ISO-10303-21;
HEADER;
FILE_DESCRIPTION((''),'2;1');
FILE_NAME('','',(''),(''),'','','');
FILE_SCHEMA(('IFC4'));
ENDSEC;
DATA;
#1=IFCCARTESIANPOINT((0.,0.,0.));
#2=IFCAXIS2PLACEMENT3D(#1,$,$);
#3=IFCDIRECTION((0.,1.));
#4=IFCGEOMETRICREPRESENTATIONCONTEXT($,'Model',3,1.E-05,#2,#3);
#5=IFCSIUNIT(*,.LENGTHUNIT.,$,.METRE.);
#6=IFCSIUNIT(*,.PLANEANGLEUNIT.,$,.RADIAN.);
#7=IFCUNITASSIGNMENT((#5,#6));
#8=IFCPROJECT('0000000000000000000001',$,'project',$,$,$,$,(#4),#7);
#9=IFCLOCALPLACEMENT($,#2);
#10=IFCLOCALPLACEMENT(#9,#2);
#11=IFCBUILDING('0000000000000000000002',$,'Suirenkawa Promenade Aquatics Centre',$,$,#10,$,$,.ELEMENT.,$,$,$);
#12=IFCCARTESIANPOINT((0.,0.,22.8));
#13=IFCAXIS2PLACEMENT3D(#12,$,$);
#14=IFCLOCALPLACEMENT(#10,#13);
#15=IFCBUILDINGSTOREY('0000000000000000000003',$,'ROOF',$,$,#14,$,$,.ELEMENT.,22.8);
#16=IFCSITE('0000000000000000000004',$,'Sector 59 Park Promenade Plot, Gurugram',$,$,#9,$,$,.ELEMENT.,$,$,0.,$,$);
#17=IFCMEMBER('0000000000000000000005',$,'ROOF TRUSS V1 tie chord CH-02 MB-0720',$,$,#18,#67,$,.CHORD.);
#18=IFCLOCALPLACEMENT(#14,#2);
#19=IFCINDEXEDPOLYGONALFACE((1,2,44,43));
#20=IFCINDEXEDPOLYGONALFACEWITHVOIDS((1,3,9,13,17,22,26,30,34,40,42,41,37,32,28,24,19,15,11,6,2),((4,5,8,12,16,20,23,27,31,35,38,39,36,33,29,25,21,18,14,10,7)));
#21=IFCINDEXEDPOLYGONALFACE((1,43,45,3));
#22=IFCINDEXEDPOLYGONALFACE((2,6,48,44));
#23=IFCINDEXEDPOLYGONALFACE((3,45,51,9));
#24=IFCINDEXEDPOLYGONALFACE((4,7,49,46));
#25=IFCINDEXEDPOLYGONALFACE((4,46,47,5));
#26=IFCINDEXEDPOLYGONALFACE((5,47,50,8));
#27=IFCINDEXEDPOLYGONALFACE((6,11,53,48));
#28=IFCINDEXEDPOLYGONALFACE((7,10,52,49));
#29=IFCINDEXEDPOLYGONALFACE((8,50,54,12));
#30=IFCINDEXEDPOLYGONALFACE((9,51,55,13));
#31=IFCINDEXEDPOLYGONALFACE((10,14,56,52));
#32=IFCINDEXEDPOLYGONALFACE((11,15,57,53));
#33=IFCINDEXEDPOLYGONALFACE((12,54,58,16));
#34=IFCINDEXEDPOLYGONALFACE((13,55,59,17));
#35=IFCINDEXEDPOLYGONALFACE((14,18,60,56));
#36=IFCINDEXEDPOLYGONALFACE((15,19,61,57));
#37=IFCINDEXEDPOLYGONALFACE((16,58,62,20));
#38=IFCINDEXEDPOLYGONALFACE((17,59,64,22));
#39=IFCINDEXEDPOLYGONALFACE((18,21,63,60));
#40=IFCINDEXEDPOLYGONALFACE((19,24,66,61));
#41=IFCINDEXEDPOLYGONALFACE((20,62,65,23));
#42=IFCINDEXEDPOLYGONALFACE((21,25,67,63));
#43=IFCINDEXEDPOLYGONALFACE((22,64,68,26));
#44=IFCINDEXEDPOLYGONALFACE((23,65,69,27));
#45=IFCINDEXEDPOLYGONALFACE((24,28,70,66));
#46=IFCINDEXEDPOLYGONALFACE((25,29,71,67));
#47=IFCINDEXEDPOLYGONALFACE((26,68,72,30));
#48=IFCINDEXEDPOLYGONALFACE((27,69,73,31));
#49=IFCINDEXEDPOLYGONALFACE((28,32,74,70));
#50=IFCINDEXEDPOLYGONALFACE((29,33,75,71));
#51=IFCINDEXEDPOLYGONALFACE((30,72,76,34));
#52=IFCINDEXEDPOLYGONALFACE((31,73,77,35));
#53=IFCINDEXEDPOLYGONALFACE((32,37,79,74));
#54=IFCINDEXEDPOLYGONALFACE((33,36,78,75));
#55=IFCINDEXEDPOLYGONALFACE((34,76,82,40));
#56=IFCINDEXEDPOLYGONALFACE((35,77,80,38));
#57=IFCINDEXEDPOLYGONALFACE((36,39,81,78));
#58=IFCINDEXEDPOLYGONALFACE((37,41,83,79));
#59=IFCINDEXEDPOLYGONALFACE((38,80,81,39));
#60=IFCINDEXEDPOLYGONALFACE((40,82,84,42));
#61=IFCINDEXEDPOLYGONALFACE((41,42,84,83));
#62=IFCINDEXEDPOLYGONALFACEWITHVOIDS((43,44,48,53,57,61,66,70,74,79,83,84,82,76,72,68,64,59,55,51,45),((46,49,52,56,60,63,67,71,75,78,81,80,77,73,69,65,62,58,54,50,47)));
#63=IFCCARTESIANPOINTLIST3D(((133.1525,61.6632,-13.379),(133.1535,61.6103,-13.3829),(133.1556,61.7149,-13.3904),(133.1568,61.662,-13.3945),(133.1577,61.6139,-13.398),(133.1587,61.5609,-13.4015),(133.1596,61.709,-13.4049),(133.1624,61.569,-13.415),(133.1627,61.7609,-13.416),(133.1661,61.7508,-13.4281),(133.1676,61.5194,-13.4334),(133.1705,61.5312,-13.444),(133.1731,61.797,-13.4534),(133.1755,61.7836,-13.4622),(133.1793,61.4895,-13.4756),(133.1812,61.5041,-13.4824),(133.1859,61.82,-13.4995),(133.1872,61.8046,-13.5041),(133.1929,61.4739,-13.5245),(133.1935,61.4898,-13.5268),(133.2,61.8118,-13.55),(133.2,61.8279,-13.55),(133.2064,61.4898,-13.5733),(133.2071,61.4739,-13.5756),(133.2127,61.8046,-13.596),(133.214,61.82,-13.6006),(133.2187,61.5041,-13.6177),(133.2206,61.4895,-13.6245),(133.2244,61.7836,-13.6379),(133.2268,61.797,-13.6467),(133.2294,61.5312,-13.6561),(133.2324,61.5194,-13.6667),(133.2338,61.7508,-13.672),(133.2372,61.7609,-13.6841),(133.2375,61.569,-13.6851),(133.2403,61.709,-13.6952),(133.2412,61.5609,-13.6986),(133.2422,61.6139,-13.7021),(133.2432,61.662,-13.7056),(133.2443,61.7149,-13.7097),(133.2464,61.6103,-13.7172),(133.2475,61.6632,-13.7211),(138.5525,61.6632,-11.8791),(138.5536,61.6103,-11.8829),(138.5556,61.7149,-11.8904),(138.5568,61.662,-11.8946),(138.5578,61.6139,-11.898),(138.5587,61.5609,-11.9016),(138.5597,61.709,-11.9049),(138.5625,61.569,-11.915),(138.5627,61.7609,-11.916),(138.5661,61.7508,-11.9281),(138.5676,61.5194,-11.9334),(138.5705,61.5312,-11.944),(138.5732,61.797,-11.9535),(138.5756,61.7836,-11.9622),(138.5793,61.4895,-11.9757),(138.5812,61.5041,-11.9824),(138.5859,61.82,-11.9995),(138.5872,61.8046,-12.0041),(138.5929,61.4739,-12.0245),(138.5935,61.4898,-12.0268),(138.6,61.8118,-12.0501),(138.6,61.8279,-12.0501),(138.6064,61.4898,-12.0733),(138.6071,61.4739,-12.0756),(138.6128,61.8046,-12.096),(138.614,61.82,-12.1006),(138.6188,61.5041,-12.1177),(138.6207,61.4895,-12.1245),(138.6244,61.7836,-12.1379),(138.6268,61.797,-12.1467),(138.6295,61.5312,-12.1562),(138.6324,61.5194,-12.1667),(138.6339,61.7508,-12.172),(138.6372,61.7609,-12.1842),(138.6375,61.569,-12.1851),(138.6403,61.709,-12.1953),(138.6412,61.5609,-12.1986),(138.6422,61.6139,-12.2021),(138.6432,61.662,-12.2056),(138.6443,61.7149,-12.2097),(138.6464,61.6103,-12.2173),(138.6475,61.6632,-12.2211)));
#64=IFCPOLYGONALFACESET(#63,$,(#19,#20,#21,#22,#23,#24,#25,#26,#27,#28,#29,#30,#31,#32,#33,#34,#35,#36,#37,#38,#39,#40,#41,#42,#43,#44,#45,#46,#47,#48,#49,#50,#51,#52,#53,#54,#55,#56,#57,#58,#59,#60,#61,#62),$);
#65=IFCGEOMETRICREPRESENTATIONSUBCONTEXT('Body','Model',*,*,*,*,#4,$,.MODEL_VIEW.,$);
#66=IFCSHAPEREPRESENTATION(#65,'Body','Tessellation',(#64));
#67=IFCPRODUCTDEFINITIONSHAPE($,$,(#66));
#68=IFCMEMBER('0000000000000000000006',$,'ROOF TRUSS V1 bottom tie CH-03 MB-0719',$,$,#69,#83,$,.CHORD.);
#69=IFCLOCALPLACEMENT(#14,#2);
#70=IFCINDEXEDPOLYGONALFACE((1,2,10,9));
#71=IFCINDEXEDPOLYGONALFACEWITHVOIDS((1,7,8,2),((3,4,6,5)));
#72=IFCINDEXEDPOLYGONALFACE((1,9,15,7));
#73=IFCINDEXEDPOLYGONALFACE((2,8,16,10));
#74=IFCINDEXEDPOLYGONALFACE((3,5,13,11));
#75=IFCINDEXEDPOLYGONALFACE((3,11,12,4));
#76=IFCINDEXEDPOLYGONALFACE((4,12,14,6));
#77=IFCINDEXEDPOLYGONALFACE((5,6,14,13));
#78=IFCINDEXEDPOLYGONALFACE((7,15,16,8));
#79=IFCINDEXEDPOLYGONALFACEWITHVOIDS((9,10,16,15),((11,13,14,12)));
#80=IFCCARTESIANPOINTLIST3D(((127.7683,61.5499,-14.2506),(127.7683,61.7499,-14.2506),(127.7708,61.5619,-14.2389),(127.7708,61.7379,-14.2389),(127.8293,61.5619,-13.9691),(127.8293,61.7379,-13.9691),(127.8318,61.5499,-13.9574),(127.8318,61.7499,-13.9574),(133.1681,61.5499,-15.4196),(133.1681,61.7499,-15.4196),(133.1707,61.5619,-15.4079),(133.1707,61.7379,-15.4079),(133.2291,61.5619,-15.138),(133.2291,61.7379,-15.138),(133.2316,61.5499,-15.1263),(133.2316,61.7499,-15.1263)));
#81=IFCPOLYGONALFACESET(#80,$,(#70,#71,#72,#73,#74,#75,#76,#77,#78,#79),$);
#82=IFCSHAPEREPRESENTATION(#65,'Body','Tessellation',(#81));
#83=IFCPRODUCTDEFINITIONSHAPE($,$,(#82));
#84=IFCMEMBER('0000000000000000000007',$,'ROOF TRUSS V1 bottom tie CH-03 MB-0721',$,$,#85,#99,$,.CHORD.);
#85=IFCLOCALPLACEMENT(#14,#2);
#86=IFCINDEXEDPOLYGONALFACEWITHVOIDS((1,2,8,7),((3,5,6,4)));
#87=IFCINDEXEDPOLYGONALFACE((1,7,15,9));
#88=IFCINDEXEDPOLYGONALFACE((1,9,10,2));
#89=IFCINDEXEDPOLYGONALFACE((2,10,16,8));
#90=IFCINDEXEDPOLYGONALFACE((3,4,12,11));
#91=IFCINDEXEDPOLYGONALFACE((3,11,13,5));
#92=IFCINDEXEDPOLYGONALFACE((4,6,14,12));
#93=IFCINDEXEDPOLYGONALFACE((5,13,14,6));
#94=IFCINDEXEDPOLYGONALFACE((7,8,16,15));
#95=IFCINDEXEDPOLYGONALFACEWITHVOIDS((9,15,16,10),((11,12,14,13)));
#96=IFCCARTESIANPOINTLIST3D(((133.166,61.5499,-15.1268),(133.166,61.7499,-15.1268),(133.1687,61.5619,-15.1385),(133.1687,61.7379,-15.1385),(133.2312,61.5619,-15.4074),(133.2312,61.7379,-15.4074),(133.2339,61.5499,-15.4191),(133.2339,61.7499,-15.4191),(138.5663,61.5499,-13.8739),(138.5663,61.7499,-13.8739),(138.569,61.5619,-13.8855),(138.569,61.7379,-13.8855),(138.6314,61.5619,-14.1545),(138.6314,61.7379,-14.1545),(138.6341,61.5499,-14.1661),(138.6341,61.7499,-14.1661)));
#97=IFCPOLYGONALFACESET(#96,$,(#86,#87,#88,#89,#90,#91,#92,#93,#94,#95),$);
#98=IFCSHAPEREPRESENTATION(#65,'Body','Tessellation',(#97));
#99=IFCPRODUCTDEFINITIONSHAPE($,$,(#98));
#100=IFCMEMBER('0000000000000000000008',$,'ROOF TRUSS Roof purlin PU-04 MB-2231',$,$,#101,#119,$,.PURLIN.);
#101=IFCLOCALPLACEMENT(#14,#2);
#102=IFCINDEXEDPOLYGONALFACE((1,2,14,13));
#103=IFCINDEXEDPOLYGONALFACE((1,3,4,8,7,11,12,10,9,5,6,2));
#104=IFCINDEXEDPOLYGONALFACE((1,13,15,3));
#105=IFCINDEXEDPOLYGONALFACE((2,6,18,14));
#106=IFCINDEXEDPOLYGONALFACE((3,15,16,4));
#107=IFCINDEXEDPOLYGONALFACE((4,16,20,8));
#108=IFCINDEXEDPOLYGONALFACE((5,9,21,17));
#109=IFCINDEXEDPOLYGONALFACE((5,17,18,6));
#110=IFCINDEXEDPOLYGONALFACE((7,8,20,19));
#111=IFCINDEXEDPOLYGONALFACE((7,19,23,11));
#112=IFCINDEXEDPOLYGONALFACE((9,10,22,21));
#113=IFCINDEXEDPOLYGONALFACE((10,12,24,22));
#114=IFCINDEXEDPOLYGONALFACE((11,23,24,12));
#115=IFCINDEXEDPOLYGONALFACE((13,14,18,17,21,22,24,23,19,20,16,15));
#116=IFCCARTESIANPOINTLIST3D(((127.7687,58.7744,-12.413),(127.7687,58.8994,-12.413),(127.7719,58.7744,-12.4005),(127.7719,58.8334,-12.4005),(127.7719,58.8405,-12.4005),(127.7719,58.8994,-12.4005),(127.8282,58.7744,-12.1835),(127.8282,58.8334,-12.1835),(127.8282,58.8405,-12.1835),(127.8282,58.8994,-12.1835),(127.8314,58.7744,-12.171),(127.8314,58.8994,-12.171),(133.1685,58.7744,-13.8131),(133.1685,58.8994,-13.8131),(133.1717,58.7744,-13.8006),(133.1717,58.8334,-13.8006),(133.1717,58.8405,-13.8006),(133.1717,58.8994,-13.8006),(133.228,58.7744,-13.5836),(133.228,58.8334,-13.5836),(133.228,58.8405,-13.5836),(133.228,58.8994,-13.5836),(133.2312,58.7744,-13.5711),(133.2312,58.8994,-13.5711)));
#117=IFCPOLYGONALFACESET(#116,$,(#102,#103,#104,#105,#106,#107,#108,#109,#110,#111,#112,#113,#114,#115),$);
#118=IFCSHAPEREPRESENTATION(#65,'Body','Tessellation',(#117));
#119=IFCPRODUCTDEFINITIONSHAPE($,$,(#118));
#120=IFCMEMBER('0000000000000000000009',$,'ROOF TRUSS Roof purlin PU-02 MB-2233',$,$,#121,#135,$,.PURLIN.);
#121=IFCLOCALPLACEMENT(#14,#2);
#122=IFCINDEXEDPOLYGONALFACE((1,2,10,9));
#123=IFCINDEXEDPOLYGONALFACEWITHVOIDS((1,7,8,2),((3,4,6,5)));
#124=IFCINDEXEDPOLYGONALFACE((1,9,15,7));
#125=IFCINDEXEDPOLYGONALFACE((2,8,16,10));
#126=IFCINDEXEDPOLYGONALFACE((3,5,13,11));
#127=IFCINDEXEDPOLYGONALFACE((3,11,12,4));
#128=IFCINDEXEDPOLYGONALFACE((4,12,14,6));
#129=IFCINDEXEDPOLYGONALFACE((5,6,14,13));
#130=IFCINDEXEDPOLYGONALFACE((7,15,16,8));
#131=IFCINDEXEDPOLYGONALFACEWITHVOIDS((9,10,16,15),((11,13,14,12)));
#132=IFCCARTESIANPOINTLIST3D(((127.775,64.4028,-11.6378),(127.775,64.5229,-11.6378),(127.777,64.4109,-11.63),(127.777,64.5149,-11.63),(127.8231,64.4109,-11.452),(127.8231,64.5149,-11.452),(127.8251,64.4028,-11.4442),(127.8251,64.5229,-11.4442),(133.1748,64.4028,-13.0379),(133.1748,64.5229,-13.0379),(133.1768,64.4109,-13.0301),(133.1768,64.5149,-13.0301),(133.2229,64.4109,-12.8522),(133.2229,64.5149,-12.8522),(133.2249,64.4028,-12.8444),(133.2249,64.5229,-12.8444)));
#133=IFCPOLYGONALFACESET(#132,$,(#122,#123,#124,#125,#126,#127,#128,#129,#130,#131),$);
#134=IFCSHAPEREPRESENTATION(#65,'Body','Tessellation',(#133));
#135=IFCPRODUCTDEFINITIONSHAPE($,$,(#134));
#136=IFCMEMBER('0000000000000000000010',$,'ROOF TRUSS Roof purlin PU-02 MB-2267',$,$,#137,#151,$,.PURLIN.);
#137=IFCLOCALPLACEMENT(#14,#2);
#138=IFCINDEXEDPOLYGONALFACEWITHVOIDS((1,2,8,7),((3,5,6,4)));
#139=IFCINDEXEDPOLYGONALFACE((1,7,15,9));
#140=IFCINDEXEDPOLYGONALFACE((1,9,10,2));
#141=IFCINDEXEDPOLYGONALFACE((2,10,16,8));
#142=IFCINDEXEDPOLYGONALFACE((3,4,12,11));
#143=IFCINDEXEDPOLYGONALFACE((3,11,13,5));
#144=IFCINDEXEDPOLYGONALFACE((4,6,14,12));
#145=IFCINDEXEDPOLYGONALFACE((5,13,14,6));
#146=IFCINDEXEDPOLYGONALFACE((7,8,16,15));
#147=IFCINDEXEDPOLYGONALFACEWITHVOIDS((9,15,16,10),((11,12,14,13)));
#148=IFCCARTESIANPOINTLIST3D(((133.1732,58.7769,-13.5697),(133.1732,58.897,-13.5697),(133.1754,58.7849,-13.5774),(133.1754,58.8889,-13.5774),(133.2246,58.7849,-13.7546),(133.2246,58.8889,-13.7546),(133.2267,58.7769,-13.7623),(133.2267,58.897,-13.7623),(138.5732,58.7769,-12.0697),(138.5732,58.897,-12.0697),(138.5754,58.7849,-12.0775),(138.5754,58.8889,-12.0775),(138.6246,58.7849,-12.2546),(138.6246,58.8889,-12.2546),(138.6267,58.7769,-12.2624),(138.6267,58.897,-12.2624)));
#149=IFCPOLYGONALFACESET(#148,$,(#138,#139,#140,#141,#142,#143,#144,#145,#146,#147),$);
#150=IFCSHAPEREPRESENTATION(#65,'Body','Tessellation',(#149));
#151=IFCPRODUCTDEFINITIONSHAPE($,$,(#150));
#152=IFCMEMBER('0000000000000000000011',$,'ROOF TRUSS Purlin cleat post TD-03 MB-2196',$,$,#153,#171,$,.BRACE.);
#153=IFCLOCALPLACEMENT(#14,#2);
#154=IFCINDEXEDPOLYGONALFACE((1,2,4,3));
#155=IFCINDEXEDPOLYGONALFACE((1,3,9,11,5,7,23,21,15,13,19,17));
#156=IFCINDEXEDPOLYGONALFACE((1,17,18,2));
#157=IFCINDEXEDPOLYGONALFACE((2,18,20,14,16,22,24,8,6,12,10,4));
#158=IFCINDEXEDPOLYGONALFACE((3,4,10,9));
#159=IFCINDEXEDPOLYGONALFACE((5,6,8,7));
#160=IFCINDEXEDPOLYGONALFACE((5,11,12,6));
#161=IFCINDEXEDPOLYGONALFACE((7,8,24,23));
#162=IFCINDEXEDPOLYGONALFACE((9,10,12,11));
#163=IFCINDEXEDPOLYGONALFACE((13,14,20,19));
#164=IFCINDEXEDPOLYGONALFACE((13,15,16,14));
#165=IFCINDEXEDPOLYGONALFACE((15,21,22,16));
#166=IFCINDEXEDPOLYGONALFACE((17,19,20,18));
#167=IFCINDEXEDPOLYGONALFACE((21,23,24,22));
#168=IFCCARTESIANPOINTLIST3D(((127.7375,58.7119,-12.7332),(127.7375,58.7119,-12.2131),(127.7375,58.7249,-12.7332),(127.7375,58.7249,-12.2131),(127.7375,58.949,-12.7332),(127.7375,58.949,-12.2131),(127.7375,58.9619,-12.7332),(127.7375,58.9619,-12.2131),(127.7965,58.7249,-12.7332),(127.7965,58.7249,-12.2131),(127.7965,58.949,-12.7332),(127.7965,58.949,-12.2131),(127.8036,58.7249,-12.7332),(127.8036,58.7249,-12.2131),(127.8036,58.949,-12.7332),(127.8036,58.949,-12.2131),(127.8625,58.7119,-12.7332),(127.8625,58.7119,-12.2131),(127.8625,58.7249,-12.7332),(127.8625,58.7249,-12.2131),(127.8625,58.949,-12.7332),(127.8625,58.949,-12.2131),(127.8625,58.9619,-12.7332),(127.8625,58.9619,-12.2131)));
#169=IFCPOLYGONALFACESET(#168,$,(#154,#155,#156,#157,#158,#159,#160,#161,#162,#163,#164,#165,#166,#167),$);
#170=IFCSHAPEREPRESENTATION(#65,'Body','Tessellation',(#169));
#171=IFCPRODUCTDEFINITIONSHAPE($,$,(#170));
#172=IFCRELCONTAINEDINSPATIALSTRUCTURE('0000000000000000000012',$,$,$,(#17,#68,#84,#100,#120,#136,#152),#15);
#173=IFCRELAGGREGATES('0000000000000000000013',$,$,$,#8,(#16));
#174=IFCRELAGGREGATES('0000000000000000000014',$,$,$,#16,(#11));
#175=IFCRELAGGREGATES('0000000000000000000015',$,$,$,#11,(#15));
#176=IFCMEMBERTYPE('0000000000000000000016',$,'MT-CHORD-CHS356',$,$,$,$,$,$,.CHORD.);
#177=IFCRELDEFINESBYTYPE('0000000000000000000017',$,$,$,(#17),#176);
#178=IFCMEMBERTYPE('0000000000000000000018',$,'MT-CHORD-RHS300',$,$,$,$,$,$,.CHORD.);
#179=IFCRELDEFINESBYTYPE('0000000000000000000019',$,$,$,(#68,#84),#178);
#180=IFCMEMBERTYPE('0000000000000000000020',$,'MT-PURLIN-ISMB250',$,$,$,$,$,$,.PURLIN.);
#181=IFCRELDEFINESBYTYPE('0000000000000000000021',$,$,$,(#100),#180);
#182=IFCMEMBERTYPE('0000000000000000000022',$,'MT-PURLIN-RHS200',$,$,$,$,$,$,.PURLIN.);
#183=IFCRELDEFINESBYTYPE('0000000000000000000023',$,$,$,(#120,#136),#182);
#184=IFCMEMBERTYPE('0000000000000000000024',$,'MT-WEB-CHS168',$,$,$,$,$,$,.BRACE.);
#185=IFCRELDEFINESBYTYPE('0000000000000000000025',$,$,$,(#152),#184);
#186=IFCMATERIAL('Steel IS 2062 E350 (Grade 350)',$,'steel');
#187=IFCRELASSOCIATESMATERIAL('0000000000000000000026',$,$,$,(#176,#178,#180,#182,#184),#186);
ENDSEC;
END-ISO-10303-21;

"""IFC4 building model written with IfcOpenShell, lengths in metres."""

from ifc_helpers import new_model, si_unit, direction, frame, origin, origin_2d, place, context, subcontext, project, spatial, hollow_rectangle, hollow_circle, i_section, extrude, material, material_profile, profile_set, type_object, element, save


model = new_model("IFC4")

# Units and contexts
model_context = context("Model", 3, precision=1e-05, world=origin(), true_north=direction((0.0, 1.0)))
body_context = subcontext(model_context, "Body", "Model", "MODEL_VIEW")
ifc_project = project(units=[si_unit("LENGTHUNIT", "METRE"), si_unit("PLANEANGLEUNIT", "RADIAN")], contexts=[model_context])

# Site, building, storey
site_placement = place(None, origin())
site = spatial("IfcSite", under=ifc_project, at=site_placement, Name="Sector 59 Park Promenade Plot, Gurugram", CompositionType="ELEMENT", RefElevation=0.0)
building_placement = place(site_placement, origin())
building = spatial("IfcBuilding", under=site, at=building_placement, Name="Suirenkawa Promenade Aquatics Centre", CompositionType="ELEMENT")
storey_placement = place(building_placement, frame((0.0, 0.0, 22.8)))
storey = spatial("IfcBuildingStorey", under=building, at=storey_placement, Name="ROOF", CompositionType="ELEMENT", Elevation=22.8)

# Shared definitions
ifc_material = material(Name="Steel IS 2062 E350 (Grade 350)", Category="steel")

# Members
ifc_material_profile_1 = material_profile(ifc_material, hollow_circle(Radius=0.178, WallThickness=0.0161, at=origin_2d()), Name="CHS 356x16", Category="steel")
ifc_profile_set_1 = profile_set([ifc_material_profile_1], Name="Steel IS 2062 E350 (Grade 350)")
member_type_1 = type_object("IfcMemberType", Name="MT-CHORD-CHS356", PredefinedType="CHORD", material=ifc_profile_set_1)
member_1_placement = place(storey_placement, frame((133.2, 61.6499, -13.55), z_axis=(0.96352, 0.0, 0.267637), x_axis=(0.0, 1.0, 0.0)))
element("IfcMember", 1, at=member_1_placement, inside=storey, type_object=member_type_1, Name="ROOF TRUSS V1 tie chord CH-02 MB-0720", PredefinedType="CHORD", context=body_context, shape_type="SweptSolid", body=[
    extrude(hollow_circle(Radius=0.178, WallThickness=0.0161, at=origin_2d()), origin(), (0.0, 0.0, 1.0), 5.6045),
])
ifc_material_profile_2 = material_profile(ifc_material, hollow_rectangle(XDim=0.2, YDim=0.3, WallThickness=0.012, at=origin_2d()), Name="RHS 300x200x12", Category="steel")
ifc_profile_set_2 = profile_set([ifc_material_profile_2], Name="Steel IS 2062 E350 (Grade 350)")
member_type_2 = type_object("IfcMemberType", Name="MT-CHORD-RHS300", PredefinedType="CHORD", material=ifc_profile_set_2)
member_2_placement = place(storey_placement, frame((127.8, 61.6499, -14.104), z_axis=(0.977362, 0.0, -0.211575), x_axis=(0.0, 1.0, 0.0)))
element("IfcMember", 2, at=member_2_placement, inside=storey, type_object=member_type_2, Name="ROOF TRUSS V1 bottom tie CH-03 MB-0719", PredefinedType="CHORD", context=body_context, shape_type="SweptSolid", body=[
    extrude(hollow_rectangle(XDim=0.2, YDim=0.3, WallThickness=0.012, at=origin_2d()), origin(), (0.0, 0.0, 1.0), 5.5249),
])
member_3_placement = place(storey_placement, frame((133.2, 61.6499, -15.2729), z_axis=(0.974124, 0.0, 0.226014), x_axis=(0.0, 1.0, 0.0)))
element("IfcMember", 3, at=member_3_placement, inside=storey, type_object=member_type_2, Name="ROOF TRUSS V1 bottom tie CH-03 MB-0721", PredefinedType="CHORD", context=body_context, shape_type="SweptSolid", body=[
    extrude(hollow_rectangle(XDim=0.2, YDim=0.3, WallThickness=0.012, at=origin_2d()), origin(), (0.0, 0.0, 1.0), 5.5437),
])
ifc_material_profile_3 = material_profile(ifc_material, i_section(OverallWidth=0.125, OverallDepth=0.25, WebThickness=0.0071, FlangeThickness=0.0129, at=origin_2d()), Name="ISMB 250", Category="steel")
ifc_profile_set_3 = profile_set([ifc_material_profile_3], Name="Steel IS 2062 E350 (Grade 350)")
member_type_3 = type_object("IfcMemberType", Name="MT-PURLIN-ISMB250", PredefinedType="PURLIN", material=ifc_profile_set_3)
member_4_placement = place(storey_placement, frame((127.8, 58.8369, -12.292), z_axis=(0.967989, 0.0, -0.250991), x_axis=(0.0, 1.0, 0.0)))
element("IfcMember", 4, at=member_4_placement, inside=storey, type_object=member_type_3, Name="ROOF TRUSS Roof purlin PU-04 MB-2231", PredefinedType="PURLIN", context=body_context, shape_type="SweptSolid", body=[
    extrude(i_section(OverallWidth=0.125, OverallDepth=0.25, WebThickness=0.0071, FlangeThickness=0.0129, at=origin_2d()), origin(), (0.0, 0.0, 1.0), 5.5784),
])
ifc_material_profile_4 = material_profile(ifc_material, hollow_rectangle(XDim=0.1201, YDim=0.2, WallThickness=0.0081, at=origin_2d()), Name="RHS 200x120x8", Category="steel")
ifc_profile_set_4 = profile_set([ifc_material_profile_4], Name="Steel IS 2062 E350 (Grade 350)")
member_type_4 = type_object("IfcMemberType", Name="MT-PURLIN-RHS200", PredefinedType="PURLIN", material=ifc_profile_set_4)
member_5_placement = place(storey_placement, frame((127.8, 64.4629, -11.541), z_axis=(0.967989, 0.0, -0.250991), x_axis=(0.0, 1.0, 0.0)))
element("IfcMember", 5, at=member_5_placement, inside=storey, type_object=member_type_4, Name="ROOF TRUSS Roof purlin PU-02 MB-2233", PredefinedType="PURLIN", context=body_context, shape_type="SweptSolid", body=[
    extrude(hollow_rectangle(XDim=0.1201, YDim=0.2, WallThickness=0.0081, at=origin_2d()), origin(), (0.0, 0.0, 1.0), 5.5784),
])
member_6_placement = place(storey_placement, frame((133.2, 58.8369, -13.666), z_axis=(0.96352, 0.0, 0.267637), x_axis=(0.0, 1.0, 0.0)))
element("IfcMember", 6, at=member_6_placement, inside=storey, type_object=member_type_4, Name="ROOF TRUSS Roof purlin PU-02 MB-2267", PredefinedType="PURLIN", context=body_context, shape_type="SweptSolid", body=[
    extrude(hollow_rectangle(XDim=0.1201, YDim=0.2, WallThickness=0.0081, at=origin_2d()), origin(), (0.0, 0.0, 1.0), 5.6045),
])
ifc_material_profile_5 = material_profile(ifc_material, i_section(OverallWidth=0.125, OverallDepth=0.25, WebThickness=0.0071, FlangeThickness=0.0129, at=origin_2d()), Name="ISMB 250", Category="steel")
ifc_profile_set_5 = profile_set([ifc_material_profile_5], Name="Steel IS 2062 E350 (Grade 350)")
member_type_5 = type_object("IfcMemberType", Name="MT-WEB-CHS168", PredefinedType="BRACE", material=ifc_profile_set_5)
for number, where, z_axis, x_axis, name in (
    (7, (127.8, 58.8369, -12.7332), (0.0, 0.0, 1.0), (1.0, 0.0, 0.0), "ROOF TRUSS Purlin cleat post TD-03 MB-2196"),
):
    element("IfcMember", number, at=place(storey_placement, frame(where, z_axis=z_axis, x_axis=x_axis)), inside=storey, type_object=member_type_5, Name=name, PredefinedType="BRACE", context=body_context, shape_type="SweptSolid", body=[
        extrude(i_section(OverallWidth=0.125, OverallDepth=0.25, WebThickness=0.0071, FlangeThickness=0.0129, at=origin_2d()), origin(), (0.0, 0.0, 1.0), 0.52),
    ])

save(model, "model.ifc")
